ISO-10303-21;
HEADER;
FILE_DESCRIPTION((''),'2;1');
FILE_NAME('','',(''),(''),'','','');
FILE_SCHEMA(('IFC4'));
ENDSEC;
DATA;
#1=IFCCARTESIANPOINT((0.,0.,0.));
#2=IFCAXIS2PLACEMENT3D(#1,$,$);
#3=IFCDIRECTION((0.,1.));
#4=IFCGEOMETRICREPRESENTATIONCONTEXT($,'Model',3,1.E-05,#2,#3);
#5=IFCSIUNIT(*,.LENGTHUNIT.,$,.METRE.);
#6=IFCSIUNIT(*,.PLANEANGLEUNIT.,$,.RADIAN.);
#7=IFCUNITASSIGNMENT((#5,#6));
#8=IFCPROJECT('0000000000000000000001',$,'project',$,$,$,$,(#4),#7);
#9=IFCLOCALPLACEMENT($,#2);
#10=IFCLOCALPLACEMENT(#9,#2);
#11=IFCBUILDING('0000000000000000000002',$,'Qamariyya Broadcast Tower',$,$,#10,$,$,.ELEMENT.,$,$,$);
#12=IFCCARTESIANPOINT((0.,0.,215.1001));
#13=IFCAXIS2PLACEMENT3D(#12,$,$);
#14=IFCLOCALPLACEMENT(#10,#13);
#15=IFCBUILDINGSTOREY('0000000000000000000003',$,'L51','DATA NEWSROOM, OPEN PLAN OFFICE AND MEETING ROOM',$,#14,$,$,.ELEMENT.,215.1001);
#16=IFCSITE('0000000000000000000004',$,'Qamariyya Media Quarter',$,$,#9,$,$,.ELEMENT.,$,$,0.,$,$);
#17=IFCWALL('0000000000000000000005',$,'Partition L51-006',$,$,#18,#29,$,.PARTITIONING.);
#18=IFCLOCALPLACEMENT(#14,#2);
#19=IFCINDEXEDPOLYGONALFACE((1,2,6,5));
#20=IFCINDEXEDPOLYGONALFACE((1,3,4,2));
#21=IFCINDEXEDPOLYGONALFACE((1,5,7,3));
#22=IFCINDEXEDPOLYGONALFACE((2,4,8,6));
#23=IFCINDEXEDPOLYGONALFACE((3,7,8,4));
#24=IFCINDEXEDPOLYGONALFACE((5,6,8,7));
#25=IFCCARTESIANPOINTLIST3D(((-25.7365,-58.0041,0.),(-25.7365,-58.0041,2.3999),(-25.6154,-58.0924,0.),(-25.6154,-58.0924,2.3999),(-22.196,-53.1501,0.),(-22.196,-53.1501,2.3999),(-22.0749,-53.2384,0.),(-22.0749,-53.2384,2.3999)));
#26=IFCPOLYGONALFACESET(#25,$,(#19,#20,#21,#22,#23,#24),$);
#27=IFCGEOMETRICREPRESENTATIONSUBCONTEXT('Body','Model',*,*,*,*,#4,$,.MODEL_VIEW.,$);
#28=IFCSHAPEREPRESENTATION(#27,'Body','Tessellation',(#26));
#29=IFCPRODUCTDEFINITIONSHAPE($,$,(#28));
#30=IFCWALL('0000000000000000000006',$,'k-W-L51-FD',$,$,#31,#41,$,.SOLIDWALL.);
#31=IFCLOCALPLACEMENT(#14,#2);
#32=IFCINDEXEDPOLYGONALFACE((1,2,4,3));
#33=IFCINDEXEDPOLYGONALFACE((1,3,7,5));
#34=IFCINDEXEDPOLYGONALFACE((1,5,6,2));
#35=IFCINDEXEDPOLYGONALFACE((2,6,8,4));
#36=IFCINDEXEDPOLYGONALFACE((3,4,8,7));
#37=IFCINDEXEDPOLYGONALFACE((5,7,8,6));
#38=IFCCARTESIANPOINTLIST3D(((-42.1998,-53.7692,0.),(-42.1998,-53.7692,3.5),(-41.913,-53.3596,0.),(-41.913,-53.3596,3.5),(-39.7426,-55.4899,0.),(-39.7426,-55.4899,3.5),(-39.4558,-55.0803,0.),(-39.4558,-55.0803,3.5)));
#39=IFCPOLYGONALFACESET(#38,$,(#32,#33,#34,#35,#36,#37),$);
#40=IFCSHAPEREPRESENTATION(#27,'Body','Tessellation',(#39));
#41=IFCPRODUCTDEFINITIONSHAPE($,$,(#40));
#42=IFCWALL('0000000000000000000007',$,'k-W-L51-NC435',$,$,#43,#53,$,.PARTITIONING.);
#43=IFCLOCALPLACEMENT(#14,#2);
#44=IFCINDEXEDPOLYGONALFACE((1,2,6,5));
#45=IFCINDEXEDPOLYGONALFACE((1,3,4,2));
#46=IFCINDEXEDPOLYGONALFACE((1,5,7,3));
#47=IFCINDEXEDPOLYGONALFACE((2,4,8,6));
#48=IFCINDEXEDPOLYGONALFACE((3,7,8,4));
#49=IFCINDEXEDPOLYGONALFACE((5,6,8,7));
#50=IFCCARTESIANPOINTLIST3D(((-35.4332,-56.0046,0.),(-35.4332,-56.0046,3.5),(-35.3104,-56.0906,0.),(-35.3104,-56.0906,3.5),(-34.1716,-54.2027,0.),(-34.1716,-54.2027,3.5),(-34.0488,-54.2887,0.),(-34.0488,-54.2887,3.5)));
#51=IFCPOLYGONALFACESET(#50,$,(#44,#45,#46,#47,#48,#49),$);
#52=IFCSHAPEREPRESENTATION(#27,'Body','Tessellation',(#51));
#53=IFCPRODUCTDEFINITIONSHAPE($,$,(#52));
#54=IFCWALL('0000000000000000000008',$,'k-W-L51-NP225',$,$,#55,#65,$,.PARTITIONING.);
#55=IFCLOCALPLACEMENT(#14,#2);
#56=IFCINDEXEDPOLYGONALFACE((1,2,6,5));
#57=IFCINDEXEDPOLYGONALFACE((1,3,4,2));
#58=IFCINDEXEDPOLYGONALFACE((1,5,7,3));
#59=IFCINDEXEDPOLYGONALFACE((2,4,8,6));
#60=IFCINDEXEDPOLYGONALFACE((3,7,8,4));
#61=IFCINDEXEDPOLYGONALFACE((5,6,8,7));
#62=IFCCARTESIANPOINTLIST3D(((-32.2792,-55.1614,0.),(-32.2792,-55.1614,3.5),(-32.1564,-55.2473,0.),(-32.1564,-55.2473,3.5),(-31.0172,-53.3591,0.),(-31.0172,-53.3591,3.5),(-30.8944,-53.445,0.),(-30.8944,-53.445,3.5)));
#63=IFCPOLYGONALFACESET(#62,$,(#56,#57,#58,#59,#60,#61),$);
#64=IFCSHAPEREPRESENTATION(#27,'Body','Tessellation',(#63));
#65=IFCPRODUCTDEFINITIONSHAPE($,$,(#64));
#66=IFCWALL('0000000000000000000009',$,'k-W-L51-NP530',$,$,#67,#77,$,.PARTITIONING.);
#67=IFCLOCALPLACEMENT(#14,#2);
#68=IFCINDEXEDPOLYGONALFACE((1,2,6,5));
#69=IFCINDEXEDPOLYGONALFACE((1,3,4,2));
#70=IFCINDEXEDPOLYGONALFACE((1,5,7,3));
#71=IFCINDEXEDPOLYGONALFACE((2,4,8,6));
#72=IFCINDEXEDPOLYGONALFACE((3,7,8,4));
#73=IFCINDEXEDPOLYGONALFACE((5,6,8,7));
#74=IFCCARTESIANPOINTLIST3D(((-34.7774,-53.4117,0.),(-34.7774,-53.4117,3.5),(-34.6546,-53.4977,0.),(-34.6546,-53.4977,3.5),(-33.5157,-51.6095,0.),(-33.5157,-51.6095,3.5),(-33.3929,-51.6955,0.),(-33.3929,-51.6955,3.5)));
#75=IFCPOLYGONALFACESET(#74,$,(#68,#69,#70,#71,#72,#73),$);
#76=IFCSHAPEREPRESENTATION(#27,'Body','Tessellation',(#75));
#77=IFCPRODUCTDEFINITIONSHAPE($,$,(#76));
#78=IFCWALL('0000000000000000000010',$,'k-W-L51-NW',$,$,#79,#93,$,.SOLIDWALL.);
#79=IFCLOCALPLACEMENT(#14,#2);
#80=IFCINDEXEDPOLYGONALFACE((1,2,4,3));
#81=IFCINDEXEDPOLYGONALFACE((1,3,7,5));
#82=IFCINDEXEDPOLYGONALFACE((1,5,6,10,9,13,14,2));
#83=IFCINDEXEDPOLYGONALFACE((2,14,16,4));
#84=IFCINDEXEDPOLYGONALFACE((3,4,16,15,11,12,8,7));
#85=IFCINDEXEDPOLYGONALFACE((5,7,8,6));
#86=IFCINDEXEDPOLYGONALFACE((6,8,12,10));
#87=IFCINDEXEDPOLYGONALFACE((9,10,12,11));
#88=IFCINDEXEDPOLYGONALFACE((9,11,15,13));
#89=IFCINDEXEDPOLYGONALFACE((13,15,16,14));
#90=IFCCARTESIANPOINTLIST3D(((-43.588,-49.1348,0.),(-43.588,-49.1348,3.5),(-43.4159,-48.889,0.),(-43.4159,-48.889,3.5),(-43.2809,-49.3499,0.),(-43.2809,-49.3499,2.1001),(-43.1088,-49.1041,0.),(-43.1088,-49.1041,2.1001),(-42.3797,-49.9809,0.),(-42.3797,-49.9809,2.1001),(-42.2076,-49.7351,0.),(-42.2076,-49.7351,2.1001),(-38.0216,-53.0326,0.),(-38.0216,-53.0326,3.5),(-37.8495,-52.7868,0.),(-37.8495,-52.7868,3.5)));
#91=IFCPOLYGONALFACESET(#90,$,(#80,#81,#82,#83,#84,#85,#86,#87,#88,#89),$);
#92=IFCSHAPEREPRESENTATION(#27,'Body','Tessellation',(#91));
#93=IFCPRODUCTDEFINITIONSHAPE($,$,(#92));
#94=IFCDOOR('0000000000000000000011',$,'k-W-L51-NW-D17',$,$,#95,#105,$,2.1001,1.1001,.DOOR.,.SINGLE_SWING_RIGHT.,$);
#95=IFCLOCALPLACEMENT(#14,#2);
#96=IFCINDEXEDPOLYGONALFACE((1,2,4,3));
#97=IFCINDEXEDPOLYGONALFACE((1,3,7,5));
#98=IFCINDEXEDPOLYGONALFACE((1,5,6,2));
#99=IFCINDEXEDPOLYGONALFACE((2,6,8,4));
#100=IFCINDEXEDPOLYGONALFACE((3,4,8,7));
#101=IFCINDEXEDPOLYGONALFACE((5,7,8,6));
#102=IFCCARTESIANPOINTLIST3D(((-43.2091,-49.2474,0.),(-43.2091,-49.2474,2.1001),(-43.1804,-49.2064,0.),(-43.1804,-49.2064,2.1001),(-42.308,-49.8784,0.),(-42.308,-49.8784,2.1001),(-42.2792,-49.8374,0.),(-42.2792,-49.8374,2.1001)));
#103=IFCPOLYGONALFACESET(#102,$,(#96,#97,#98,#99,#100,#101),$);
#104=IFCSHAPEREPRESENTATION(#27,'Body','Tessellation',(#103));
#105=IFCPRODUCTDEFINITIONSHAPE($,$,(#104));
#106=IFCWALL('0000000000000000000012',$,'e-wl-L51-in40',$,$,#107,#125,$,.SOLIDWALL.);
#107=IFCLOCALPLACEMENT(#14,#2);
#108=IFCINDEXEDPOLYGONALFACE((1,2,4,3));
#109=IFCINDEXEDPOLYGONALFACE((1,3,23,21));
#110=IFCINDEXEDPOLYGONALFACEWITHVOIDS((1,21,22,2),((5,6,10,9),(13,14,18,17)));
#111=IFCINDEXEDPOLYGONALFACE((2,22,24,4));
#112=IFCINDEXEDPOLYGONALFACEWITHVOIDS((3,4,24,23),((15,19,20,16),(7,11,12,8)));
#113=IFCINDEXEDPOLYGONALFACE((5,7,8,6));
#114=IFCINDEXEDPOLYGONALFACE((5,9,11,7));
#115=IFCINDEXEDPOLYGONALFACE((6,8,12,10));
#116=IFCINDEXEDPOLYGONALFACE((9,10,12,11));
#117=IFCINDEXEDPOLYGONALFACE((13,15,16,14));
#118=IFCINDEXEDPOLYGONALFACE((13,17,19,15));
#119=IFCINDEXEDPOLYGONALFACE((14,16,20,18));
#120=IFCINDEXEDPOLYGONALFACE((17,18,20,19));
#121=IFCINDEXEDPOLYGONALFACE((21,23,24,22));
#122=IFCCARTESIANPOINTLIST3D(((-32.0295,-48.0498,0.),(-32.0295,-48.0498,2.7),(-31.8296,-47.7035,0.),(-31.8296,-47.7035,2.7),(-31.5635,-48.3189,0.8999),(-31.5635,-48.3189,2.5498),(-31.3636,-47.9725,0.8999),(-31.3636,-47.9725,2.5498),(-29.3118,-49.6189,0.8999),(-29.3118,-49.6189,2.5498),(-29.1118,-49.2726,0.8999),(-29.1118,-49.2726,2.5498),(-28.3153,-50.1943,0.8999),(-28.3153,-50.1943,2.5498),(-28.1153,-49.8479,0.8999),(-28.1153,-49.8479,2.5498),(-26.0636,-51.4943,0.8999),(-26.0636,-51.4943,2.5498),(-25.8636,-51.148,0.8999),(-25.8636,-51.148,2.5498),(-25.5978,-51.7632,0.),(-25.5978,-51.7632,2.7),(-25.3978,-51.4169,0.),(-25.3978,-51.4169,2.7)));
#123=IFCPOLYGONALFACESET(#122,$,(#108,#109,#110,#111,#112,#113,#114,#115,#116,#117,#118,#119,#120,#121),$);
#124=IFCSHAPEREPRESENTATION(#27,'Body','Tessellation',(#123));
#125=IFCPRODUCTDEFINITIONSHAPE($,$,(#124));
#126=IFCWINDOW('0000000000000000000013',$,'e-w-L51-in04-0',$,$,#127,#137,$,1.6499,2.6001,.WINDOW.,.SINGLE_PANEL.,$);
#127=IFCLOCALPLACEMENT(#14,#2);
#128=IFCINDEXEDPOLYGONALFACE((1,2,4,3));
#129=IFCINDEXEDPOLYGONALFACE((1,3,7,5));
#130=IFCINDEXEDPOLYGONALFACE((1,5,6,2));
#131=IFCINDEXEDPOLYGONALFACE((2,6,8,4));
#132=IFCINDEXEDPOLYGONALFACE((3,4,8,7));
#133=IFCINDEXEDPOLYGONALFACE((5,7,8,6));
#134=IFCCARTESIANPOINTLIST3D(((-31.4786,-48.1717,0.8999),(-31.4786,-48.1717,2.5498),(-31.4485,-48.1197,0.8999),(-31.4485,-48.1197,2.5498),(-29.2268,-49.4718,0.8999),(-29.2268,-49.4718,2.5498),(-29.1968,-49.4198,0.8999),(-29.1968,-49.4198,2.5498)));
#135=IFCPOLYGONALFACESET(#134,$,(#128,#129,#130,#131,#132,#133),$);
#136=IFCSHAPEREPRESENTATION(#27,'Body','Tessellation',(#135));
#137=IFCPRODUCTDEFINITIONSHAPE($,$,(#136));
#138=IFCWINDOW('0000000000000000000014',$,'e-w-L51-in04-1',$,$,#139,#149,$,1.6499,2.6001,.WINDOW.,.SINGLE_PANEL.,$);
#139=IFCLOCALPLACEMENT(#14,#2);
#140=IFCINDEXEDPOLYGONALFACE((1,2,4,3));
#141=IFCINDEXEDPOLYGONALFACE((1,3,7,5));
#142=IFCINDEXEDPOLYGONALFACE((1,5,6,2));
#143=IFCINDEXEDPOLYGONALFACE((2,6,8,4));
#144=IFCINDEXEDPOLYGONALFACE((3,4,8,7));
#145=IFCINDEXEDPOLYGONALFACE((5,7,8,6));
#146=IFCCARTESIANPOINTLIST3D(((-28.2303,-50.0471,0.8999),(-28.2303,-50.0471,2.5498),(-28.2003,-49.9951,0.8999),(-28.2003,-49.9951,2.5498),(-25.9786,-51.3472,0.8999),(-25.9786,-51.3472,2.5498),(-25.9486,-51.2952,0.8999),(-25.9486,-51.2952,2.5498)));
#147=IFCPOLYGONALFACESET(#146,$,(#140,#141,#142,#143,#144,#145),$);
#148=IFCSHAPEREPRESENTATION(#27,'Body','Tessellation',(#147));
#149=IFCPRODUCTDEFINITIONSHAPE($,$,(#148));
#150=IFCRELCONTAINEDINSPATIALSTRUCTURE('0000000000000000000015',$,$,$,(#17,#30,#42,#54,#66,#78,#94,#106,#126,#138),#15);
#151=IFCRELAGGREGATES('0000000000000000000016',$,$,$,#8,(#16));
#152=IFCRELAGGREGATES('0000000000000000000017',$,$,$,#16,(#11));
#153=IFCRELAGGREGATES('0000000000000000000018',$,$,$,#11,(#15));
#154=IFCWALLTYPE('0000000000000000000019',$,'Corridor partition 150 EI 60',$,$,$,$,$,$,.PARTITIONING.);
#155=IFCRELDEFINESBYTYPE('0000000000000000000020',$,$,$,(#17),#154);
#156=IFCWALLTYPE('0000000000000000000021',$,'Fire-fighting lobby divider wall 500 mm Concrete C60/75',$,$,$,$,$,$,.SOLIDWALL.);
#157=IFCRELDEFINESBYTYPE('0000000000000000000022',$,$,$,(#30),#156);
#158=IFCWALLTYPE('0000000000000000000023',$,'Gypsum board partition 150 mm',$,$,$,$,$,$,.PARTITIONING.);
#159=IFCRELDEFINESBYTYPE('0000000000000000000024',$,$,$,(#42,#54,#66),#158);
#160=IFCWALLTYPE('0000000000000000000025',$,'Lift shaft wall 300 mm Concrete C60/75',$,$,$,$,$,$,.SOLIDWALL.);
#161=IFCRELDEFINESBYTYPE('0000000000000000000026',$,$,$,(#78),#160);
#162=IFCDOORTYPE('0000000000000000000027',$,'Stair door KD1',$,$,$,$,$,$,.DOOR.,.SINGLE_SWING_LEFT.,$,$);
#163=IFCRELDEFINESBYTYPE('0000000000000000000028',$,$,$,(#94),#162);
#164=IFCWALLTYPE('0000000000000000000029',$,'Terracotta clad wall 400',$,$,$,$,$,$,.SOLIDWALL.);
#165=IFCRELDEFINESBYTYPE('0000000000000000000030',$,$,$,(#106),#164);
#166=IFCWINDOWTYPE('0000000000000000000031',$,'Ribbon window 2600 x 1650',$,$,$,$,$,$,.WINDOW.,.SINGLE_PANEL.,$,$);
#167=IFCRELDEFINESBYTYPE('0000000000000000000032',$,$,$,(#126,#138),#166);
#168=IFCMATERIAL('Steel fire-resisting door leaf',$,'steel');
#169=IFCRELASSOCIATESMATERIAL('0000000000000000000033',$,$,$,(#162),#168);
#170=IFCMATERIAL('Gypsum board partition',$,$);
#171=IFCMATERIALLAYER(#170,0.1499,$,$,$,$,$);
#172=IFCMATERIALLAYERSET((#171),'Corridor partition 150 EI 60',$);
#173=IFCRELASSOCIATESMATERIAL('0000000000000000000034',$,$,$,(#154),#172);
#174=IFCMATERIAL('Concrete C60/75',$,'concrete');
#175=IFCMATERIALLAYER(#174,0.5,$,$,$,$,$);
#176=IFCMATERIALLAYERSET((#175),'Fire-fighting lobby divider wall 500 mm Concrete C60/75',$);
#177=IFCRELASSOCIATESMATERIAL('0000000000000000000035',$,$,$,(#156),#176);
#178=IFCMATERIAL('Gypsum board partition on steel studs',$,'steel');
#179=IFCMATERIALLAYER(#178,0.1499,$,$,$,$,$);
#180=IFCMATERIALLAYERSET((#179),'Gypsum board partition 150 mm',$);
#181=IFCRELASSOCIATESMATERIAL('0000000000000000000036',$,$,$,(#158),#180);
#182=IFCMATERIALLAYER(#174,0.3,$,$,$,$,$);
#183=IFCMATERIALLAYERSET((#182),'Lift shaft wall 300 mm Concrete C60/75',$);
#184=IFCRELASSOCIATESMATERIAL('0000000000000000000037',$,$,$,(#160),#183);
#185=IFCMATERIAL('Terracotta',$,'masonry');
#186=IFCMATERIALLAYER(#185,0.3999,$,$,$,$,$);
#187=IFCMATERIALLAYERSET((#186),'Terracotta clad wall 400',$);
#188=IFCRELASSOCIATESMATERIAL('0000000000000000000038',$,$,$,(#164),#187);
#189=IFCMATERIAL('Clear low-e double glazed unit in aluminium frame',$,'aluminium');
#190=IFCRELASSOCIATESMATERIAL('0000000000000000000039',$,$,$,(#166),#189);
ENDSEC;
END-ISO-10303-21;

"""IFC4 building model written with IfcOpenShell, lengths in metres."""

from ifc_helpers import new_model, si_unit, direction, frame, frame_2d, origin, place, context, subcontext, project, spatial, rectangle, extrude, material, layer, layer_set, type_object, element, fill, save


model = new_model("IFC4")

# Units and contexts
model_context = context("Model", 3, precision=1e-05, world=origin(), true_north=direction((0.0, 1.0)))
body_context = subcontext(model_context, "Body", "Model", "MODEL_VIEW")
ifc_project = project(units=[si_unit("LENGTHUNIT", "METRE"), si_unit("PLANEANGLEUNIT", "RADIAN")], contexts=[model_context])

# Site, building, storey
site_placement = place(None, origin())
site = spatial("IfcSite", under=ifc_project, at=site_placement, Name="Qamariyya Media Quarter", CompositionType="ELEMENT", RefElevation=0.0)
building_placement = place(site_placement, origin())
building = spatial("IfcBuilding", under=site, at=building_placement, Name="Qamariyya Broadcast Tower", CompositionType="ELEMENT")
storey_placement = place(building_placement, frame((0.0, 0.0, 215.1001)))
storey = spatial("IfcBuildingStorey", under=building, at=storey_placement, Name="L51", Description="DATA NEWSROOM, OPEN PLAN OFFICE AND MEETING ROOM", CompositionType="ELEMENT", Elevation=215.1001)

# Shared definitions
ifc_material_1 = material(Name="Concrete C60/75", Category="concrete")

# Shared definitions
ifc_material_2 = material(Name="Steel fire-resisting door leaf", Category="steel")
door_type_1 = type_object("IfcDoorType", Name="Stair door KD1", OperationType="SINGLE_SWING_LEFT", PredefinedType="DOOR", material=ifc_material_2)

# Walls
ifc_material_3 = material(Name="Gypsum board partition")
ifc_layer_1 = layer(ifc_material_3, 0.1499)
ifc_layer_set_1 = layer_set([ifc_layer_1], Name="Corridor partition 150 EI 60")
wall_type_1 = type_object("IfcWallType", Name="Corridor partition 150 EI 60", PredefinedType="PARTITIONING", material=ifc_layer_set_1)
wall_1_placement = place(storey_placement, frame((-22.1355, -53.1943, 0.0), z_axis=(0.0, 0.0, 1.0), x_axis=(-0.589297, -0.807916, 0.0)))
element("IfcWall", 1, at=wall_1_placement, inside=storey, type_object=wall_type_1, Name="Partition L51-006", PredefinedType="PARTITIONING", context=body_context, shape_type="SweptSolid", body=[
    extrude(rectangle(XDim=6.0081, YDim=0.1499, at=frame_2d((3.0039, 0.0))), origin(), (0.0, 0.0, 1.0), 2.3999),
])
ifc_layer_2 = layer(ifc_material_1, 0.5)
ifc_layer_set_2 = layer_set([ifc_layer_2], Name="Fire-fighting lobby divider wall 500 mm Concrete C60/75")
wall_type_2 = type_object("IfcWallType", Name="Fire-fighting lobby divider wall 500 mm Concrete C60/75", PredefinedType="SOLIDWALL", material=ifc_layer_set_2)
wall_2_placement = place(storey_placement, frame((-39.5991, -55.2852, 0.0), z_axis=(0.0, 0.0, 1.0), x_axis=(-0.819136, 0.573599, 0.0)))
element("IfcWall", 2, at=wall_2_placement, inside=storey, type_object=wall_type_2, Name="k-W-L51-FD", PredefinedType="SOLIDWALL", context=body_context, shape_type="SweptSolid", body=[
    extrude(rectangle(XDim=2.9998, YDim=0.5, at=frame_2d((1.5, 0.0))), origin(), (0.0, 0.0, 1.0), 3.5),
])
ifc_material_4 = material(Name="Gypsum board partition on steel studs", Category="steel")
ifc_layer_3 = layer(ifc_material_4, 0.1499)
ifc_layer_set_3 = layer_set([ifc_layer_3], Name="Gypsum board partition 150 mm")
wall_type_3 = type_object("IfcWallType", Name="Gypsum board partition 150 mm", PredefinedType="PARTITIONING", material=ifc_layer_set_3)
wall_3_placement = place(storey_placement, frame((-35.3718, -56.0476, 0.0), z_axis=(0.0, 0.0, 1.0), x_axis=(0.573559, 0.819164, 0.0)))
element("IfcWall", 3, at=wall_3_placement, inside=storey, type_object=wall_type_3, Name="k-W-L51-NC435", PredefinedType="PARTITIONING", context=body_context, shape_type="SweptSolid", body=[
    extrude(rectangle(XDim=2.1997, YDim=0.1499, at=frame_2d((1.0999, 0.0))), origin(), (0.0, 0.0, 1.0), 3.5),
])
wall_4_placement = place(storey_placement, frame((-32.2178, -55.2043, 0.0), z_axis=(0.0, 0.0, 1.0), x_axis=(0.573581, 0.819149, 0.0)))
element("IfcWall", 4, at=wall_4_placement, inside=storey, type_object=wall_type_3, Name="k-W-L51-NP225", PredefinedType="PARTITIONING", context=body_context, shape_type="SweptSolid", body=[
    extrude(rectangle(XDim=2.2002, YDim=0.1499, at=frame_2d((1.1001, 0.0))), origin(), (0.0, 0.0, 1.0), 3.5),
])
wall_5_placement = place(storey_placement, frame((-34.7161, -53.4548, 0.0), z_axis=(0.0, 0.0, 1.0), x_axis=(0.573507, 0.819201, 0.0)))
element("IfcWall", 5, at=wall_5_placement, inside=storey, type_object=wall_type_3, Name="k-W-L51-NP530", PredefinedType="PARTITIONING", context=body_context, shape_type="SweptSolid", body=[
    extrude(rectangle(XDim=2.2, YDim=0.1499, at=frame_2d((1.1001, 0.0))), origin(), (0.0, 0.0, 1.0), 3.5),
])

# Wall, opening, door
ifc_layer_4 = layer(ifc_material_1, 0.3)
ifc_layer_set_4 = layer_set([ifc_layer_4], Name="Lift shaft wall 300 mm Concrete C60/75")
wall_type_4 = type_object("IfcWallType", Name="Lift shaft wall 300 mm Concrete C60/75", PredefinedType="SOLIDWALL", material=ifc_layer_set_4)
wall_6_placement = place(storey_placement, frame((-37.9355, -52.9097, 0.0), z_axis=(0.0, 0.0, 1.0), x_axis=(-0.819148, 0.573583, 0.0)))
wall_6 = element("IfcWall", 6, at=wall_6_placement, inside=storey, type_object=wall_type_4, Name="k-W-L51-NW", PredefinedType="SOLIDWALL", context=body_context, shape_type="SweptSolid", body=[
    extrude(rectangle(XDim=6.7954, YDim=0.3, at=frame_2d((3.3977, 0.0))), origin(), (0.0, 0.0, 1.0), 3.5),
])
opening_1_placement = place(wall_6_placement, frame((5.3203, 0.0, 0.0)))
opening_1 = element("IfcOpeningElement", 7, at=opening_1_placement, cuts=wall_6, PredefinedType="OPENING", context=body_context, shape_type="SweptSolid", body=[
    extrude(rectangle(XDim=1.1001, YDim=2.1001, at=frame_2d((0.55, 1.05))), frame((0.0, 0.1599, 0.0), z_axis=(0.0, -1.0, 0.0), x_axis=(1.0, 0.0, 0.0)), (0.0, 0.0, 1.0), 0.3201),
])
door_1_placement = place(opening_1_placement, origin())
door_1 = element("IfcDoor", 8, at=door_1_placement, inside=storey, type_object=door_type_1, Name="k-W-L51-NW-D17", OperationType="SINGLE_SWING_RIGHT", OverallHeight=2.1001, OverallWidth=1.1001, PredefinedType="DOOR", context=body_context, shape_type="SweptSolid", body=[
    extrude(rectangle(XDim=1.1001, YDim=2.1001, at=frame_2d((0.55, 1.05))), frame((0.0, 0.0249, 0.0), z_axis=(0.0, -1.0, 0.0), x_axis=(1.0, 0.0, 0.0)), (0.0, 0.0, 1.0), 0.05),
])
fill(opening_1, door_1)

# Wall, openings, windows
ifc_material_5 = material(Name="Terracotta", Category="masonry")
ifc_layer_5 = layer(ifc_material_5, 0.3999)
ifc_layer_set_5 = layer_set([ifc_layer_5], Name="Terracotta clad wall 400")
wall_type_5 = type_object("IfcWallType", Name="Terracotta clad wall 400", PredefinedType="SOLIDWALL", material=ifc_layer_set_5)
wall_7_placement = place(storey_placement, frame((-25.4978, -51.5901, 0.0), z_axis=(0.0, 0.0, 1.0), x_axis=(-0.866021, 0.500007, 0.0)))
wall_7 = element("IfcWall", 9, at=wall_7_placement, inside=storey, type_object=wall_type_5, Name="e-wl-L51-in40", PredefinedType="SOLIDWALL", context=body_context, shape_type="SweptSolid", body=[
    extrude(rectangle(XDim=7.4268, YDim=0.3999, at=frame_2d((3.7134, 0.0))), origin(), (0.0, 0.0, 1.0), 2.7),
])
opening_2_placement = place(wall_7_placement, frame((4.2886, 0.0, 0.8999)))
opening_2 = element("IfcOpeningElement", 10, at=opening_2_placement, cuts=wall_7, PredefinedType="OPENING", context=body_context, shape_type="SweptSolid", body=[
    extrude(rectangle(XDim=2.6001, YDim=1.6499, at=frame_2d((1.3, 0.825))), frame((0.0, 0.21, 0.0), z_axis=(0.0, -1.0, 0.0), x_axis=(1.0, 0.0, 0.0)), (0.0, 0.0, 1.0), 0.4199),
])
opening_3_placement = place(wall_7_placement, frame((0.5378, 0.0, 0.8999)))
opening_3 = element("IfcOpeningElement", 11, at=opening_3_placement, cuts=wall_7, PredefinedType="OPENING", context=body_context, shape_type="SweptSolid", body=[
    extrude(rectangle(XDim=2.6001, YDim=1.6499, at=frame_2d((1.3, 0.825))), frame((0.0, 0.21, 0.0), z_axis=(0.0, -1.0, 0.0), x_axis=(1.0, 0.0, 0.0)), (0.0, 0.0, 1.0), 0.4199),
])
ifc_material_6 = material(Name="Clear low-e double glazed unit in aluminium frame", Category="aluminium")
window_type = type_object("IfcWindowType", Name="Ribbon window 2600 x 1650", PartitioningType="SINGLE_PANEL", PredefinedType="WINDOW", material=ifc_material_6)
window_1_placement = place(opening_2_placement, origin())
window_1 = element("IfcWindow", 12, at=window_1_placement, inside=storey, type_object=window_type, Name="e-w-L51-in04-0", OverallHeight=1.6499, OverallWidth=2.6001, PartitioningType="SINGLE_PANEL", PredefinedType="WINDOW", context=body_context, shape_type="SweptSolid", body=[
    extrude(rectangle(XDim=2.6001, YDim=1.6499, at=frame_2d((1.3, 0.825))), frame((0.0, 0.03, 0.0), z_axis=(0.0, -1.0, 0.0), x_axis=(1.0, 0.0, 0.0)), (0.0, 0.0, 1.0), 0.0601),
])
fill(opening_2, window_1)
window_2_placement = place(opening_3_placement, origin())
window_2 = element("IfcWindow", 13, at=window_2_placement, inside=storey, type_object=window_type, Name="e-w-L51-in04-1", OverallHeight=1.6499, OverallWidth=2.6001, PartitioningType="SINGLE_PANEL", PredefinedType="WINDOW", context=body_context, shape_type="SweptSolid", body=[
    extrude(rectangle(XDim=2.6001, YDim=1.6499, at=frame_2d((1.3, 0.825))), frame((0.0, 0.03, 0.0), z_axis=(0.0, -1.0, 0.0), x_axis=(1.0, 0.0, 0.0)), (0.0, 0.0, 1.0), 0.0601),
])
fill(opening_3, window_2)

save(model, "model.ifc")
